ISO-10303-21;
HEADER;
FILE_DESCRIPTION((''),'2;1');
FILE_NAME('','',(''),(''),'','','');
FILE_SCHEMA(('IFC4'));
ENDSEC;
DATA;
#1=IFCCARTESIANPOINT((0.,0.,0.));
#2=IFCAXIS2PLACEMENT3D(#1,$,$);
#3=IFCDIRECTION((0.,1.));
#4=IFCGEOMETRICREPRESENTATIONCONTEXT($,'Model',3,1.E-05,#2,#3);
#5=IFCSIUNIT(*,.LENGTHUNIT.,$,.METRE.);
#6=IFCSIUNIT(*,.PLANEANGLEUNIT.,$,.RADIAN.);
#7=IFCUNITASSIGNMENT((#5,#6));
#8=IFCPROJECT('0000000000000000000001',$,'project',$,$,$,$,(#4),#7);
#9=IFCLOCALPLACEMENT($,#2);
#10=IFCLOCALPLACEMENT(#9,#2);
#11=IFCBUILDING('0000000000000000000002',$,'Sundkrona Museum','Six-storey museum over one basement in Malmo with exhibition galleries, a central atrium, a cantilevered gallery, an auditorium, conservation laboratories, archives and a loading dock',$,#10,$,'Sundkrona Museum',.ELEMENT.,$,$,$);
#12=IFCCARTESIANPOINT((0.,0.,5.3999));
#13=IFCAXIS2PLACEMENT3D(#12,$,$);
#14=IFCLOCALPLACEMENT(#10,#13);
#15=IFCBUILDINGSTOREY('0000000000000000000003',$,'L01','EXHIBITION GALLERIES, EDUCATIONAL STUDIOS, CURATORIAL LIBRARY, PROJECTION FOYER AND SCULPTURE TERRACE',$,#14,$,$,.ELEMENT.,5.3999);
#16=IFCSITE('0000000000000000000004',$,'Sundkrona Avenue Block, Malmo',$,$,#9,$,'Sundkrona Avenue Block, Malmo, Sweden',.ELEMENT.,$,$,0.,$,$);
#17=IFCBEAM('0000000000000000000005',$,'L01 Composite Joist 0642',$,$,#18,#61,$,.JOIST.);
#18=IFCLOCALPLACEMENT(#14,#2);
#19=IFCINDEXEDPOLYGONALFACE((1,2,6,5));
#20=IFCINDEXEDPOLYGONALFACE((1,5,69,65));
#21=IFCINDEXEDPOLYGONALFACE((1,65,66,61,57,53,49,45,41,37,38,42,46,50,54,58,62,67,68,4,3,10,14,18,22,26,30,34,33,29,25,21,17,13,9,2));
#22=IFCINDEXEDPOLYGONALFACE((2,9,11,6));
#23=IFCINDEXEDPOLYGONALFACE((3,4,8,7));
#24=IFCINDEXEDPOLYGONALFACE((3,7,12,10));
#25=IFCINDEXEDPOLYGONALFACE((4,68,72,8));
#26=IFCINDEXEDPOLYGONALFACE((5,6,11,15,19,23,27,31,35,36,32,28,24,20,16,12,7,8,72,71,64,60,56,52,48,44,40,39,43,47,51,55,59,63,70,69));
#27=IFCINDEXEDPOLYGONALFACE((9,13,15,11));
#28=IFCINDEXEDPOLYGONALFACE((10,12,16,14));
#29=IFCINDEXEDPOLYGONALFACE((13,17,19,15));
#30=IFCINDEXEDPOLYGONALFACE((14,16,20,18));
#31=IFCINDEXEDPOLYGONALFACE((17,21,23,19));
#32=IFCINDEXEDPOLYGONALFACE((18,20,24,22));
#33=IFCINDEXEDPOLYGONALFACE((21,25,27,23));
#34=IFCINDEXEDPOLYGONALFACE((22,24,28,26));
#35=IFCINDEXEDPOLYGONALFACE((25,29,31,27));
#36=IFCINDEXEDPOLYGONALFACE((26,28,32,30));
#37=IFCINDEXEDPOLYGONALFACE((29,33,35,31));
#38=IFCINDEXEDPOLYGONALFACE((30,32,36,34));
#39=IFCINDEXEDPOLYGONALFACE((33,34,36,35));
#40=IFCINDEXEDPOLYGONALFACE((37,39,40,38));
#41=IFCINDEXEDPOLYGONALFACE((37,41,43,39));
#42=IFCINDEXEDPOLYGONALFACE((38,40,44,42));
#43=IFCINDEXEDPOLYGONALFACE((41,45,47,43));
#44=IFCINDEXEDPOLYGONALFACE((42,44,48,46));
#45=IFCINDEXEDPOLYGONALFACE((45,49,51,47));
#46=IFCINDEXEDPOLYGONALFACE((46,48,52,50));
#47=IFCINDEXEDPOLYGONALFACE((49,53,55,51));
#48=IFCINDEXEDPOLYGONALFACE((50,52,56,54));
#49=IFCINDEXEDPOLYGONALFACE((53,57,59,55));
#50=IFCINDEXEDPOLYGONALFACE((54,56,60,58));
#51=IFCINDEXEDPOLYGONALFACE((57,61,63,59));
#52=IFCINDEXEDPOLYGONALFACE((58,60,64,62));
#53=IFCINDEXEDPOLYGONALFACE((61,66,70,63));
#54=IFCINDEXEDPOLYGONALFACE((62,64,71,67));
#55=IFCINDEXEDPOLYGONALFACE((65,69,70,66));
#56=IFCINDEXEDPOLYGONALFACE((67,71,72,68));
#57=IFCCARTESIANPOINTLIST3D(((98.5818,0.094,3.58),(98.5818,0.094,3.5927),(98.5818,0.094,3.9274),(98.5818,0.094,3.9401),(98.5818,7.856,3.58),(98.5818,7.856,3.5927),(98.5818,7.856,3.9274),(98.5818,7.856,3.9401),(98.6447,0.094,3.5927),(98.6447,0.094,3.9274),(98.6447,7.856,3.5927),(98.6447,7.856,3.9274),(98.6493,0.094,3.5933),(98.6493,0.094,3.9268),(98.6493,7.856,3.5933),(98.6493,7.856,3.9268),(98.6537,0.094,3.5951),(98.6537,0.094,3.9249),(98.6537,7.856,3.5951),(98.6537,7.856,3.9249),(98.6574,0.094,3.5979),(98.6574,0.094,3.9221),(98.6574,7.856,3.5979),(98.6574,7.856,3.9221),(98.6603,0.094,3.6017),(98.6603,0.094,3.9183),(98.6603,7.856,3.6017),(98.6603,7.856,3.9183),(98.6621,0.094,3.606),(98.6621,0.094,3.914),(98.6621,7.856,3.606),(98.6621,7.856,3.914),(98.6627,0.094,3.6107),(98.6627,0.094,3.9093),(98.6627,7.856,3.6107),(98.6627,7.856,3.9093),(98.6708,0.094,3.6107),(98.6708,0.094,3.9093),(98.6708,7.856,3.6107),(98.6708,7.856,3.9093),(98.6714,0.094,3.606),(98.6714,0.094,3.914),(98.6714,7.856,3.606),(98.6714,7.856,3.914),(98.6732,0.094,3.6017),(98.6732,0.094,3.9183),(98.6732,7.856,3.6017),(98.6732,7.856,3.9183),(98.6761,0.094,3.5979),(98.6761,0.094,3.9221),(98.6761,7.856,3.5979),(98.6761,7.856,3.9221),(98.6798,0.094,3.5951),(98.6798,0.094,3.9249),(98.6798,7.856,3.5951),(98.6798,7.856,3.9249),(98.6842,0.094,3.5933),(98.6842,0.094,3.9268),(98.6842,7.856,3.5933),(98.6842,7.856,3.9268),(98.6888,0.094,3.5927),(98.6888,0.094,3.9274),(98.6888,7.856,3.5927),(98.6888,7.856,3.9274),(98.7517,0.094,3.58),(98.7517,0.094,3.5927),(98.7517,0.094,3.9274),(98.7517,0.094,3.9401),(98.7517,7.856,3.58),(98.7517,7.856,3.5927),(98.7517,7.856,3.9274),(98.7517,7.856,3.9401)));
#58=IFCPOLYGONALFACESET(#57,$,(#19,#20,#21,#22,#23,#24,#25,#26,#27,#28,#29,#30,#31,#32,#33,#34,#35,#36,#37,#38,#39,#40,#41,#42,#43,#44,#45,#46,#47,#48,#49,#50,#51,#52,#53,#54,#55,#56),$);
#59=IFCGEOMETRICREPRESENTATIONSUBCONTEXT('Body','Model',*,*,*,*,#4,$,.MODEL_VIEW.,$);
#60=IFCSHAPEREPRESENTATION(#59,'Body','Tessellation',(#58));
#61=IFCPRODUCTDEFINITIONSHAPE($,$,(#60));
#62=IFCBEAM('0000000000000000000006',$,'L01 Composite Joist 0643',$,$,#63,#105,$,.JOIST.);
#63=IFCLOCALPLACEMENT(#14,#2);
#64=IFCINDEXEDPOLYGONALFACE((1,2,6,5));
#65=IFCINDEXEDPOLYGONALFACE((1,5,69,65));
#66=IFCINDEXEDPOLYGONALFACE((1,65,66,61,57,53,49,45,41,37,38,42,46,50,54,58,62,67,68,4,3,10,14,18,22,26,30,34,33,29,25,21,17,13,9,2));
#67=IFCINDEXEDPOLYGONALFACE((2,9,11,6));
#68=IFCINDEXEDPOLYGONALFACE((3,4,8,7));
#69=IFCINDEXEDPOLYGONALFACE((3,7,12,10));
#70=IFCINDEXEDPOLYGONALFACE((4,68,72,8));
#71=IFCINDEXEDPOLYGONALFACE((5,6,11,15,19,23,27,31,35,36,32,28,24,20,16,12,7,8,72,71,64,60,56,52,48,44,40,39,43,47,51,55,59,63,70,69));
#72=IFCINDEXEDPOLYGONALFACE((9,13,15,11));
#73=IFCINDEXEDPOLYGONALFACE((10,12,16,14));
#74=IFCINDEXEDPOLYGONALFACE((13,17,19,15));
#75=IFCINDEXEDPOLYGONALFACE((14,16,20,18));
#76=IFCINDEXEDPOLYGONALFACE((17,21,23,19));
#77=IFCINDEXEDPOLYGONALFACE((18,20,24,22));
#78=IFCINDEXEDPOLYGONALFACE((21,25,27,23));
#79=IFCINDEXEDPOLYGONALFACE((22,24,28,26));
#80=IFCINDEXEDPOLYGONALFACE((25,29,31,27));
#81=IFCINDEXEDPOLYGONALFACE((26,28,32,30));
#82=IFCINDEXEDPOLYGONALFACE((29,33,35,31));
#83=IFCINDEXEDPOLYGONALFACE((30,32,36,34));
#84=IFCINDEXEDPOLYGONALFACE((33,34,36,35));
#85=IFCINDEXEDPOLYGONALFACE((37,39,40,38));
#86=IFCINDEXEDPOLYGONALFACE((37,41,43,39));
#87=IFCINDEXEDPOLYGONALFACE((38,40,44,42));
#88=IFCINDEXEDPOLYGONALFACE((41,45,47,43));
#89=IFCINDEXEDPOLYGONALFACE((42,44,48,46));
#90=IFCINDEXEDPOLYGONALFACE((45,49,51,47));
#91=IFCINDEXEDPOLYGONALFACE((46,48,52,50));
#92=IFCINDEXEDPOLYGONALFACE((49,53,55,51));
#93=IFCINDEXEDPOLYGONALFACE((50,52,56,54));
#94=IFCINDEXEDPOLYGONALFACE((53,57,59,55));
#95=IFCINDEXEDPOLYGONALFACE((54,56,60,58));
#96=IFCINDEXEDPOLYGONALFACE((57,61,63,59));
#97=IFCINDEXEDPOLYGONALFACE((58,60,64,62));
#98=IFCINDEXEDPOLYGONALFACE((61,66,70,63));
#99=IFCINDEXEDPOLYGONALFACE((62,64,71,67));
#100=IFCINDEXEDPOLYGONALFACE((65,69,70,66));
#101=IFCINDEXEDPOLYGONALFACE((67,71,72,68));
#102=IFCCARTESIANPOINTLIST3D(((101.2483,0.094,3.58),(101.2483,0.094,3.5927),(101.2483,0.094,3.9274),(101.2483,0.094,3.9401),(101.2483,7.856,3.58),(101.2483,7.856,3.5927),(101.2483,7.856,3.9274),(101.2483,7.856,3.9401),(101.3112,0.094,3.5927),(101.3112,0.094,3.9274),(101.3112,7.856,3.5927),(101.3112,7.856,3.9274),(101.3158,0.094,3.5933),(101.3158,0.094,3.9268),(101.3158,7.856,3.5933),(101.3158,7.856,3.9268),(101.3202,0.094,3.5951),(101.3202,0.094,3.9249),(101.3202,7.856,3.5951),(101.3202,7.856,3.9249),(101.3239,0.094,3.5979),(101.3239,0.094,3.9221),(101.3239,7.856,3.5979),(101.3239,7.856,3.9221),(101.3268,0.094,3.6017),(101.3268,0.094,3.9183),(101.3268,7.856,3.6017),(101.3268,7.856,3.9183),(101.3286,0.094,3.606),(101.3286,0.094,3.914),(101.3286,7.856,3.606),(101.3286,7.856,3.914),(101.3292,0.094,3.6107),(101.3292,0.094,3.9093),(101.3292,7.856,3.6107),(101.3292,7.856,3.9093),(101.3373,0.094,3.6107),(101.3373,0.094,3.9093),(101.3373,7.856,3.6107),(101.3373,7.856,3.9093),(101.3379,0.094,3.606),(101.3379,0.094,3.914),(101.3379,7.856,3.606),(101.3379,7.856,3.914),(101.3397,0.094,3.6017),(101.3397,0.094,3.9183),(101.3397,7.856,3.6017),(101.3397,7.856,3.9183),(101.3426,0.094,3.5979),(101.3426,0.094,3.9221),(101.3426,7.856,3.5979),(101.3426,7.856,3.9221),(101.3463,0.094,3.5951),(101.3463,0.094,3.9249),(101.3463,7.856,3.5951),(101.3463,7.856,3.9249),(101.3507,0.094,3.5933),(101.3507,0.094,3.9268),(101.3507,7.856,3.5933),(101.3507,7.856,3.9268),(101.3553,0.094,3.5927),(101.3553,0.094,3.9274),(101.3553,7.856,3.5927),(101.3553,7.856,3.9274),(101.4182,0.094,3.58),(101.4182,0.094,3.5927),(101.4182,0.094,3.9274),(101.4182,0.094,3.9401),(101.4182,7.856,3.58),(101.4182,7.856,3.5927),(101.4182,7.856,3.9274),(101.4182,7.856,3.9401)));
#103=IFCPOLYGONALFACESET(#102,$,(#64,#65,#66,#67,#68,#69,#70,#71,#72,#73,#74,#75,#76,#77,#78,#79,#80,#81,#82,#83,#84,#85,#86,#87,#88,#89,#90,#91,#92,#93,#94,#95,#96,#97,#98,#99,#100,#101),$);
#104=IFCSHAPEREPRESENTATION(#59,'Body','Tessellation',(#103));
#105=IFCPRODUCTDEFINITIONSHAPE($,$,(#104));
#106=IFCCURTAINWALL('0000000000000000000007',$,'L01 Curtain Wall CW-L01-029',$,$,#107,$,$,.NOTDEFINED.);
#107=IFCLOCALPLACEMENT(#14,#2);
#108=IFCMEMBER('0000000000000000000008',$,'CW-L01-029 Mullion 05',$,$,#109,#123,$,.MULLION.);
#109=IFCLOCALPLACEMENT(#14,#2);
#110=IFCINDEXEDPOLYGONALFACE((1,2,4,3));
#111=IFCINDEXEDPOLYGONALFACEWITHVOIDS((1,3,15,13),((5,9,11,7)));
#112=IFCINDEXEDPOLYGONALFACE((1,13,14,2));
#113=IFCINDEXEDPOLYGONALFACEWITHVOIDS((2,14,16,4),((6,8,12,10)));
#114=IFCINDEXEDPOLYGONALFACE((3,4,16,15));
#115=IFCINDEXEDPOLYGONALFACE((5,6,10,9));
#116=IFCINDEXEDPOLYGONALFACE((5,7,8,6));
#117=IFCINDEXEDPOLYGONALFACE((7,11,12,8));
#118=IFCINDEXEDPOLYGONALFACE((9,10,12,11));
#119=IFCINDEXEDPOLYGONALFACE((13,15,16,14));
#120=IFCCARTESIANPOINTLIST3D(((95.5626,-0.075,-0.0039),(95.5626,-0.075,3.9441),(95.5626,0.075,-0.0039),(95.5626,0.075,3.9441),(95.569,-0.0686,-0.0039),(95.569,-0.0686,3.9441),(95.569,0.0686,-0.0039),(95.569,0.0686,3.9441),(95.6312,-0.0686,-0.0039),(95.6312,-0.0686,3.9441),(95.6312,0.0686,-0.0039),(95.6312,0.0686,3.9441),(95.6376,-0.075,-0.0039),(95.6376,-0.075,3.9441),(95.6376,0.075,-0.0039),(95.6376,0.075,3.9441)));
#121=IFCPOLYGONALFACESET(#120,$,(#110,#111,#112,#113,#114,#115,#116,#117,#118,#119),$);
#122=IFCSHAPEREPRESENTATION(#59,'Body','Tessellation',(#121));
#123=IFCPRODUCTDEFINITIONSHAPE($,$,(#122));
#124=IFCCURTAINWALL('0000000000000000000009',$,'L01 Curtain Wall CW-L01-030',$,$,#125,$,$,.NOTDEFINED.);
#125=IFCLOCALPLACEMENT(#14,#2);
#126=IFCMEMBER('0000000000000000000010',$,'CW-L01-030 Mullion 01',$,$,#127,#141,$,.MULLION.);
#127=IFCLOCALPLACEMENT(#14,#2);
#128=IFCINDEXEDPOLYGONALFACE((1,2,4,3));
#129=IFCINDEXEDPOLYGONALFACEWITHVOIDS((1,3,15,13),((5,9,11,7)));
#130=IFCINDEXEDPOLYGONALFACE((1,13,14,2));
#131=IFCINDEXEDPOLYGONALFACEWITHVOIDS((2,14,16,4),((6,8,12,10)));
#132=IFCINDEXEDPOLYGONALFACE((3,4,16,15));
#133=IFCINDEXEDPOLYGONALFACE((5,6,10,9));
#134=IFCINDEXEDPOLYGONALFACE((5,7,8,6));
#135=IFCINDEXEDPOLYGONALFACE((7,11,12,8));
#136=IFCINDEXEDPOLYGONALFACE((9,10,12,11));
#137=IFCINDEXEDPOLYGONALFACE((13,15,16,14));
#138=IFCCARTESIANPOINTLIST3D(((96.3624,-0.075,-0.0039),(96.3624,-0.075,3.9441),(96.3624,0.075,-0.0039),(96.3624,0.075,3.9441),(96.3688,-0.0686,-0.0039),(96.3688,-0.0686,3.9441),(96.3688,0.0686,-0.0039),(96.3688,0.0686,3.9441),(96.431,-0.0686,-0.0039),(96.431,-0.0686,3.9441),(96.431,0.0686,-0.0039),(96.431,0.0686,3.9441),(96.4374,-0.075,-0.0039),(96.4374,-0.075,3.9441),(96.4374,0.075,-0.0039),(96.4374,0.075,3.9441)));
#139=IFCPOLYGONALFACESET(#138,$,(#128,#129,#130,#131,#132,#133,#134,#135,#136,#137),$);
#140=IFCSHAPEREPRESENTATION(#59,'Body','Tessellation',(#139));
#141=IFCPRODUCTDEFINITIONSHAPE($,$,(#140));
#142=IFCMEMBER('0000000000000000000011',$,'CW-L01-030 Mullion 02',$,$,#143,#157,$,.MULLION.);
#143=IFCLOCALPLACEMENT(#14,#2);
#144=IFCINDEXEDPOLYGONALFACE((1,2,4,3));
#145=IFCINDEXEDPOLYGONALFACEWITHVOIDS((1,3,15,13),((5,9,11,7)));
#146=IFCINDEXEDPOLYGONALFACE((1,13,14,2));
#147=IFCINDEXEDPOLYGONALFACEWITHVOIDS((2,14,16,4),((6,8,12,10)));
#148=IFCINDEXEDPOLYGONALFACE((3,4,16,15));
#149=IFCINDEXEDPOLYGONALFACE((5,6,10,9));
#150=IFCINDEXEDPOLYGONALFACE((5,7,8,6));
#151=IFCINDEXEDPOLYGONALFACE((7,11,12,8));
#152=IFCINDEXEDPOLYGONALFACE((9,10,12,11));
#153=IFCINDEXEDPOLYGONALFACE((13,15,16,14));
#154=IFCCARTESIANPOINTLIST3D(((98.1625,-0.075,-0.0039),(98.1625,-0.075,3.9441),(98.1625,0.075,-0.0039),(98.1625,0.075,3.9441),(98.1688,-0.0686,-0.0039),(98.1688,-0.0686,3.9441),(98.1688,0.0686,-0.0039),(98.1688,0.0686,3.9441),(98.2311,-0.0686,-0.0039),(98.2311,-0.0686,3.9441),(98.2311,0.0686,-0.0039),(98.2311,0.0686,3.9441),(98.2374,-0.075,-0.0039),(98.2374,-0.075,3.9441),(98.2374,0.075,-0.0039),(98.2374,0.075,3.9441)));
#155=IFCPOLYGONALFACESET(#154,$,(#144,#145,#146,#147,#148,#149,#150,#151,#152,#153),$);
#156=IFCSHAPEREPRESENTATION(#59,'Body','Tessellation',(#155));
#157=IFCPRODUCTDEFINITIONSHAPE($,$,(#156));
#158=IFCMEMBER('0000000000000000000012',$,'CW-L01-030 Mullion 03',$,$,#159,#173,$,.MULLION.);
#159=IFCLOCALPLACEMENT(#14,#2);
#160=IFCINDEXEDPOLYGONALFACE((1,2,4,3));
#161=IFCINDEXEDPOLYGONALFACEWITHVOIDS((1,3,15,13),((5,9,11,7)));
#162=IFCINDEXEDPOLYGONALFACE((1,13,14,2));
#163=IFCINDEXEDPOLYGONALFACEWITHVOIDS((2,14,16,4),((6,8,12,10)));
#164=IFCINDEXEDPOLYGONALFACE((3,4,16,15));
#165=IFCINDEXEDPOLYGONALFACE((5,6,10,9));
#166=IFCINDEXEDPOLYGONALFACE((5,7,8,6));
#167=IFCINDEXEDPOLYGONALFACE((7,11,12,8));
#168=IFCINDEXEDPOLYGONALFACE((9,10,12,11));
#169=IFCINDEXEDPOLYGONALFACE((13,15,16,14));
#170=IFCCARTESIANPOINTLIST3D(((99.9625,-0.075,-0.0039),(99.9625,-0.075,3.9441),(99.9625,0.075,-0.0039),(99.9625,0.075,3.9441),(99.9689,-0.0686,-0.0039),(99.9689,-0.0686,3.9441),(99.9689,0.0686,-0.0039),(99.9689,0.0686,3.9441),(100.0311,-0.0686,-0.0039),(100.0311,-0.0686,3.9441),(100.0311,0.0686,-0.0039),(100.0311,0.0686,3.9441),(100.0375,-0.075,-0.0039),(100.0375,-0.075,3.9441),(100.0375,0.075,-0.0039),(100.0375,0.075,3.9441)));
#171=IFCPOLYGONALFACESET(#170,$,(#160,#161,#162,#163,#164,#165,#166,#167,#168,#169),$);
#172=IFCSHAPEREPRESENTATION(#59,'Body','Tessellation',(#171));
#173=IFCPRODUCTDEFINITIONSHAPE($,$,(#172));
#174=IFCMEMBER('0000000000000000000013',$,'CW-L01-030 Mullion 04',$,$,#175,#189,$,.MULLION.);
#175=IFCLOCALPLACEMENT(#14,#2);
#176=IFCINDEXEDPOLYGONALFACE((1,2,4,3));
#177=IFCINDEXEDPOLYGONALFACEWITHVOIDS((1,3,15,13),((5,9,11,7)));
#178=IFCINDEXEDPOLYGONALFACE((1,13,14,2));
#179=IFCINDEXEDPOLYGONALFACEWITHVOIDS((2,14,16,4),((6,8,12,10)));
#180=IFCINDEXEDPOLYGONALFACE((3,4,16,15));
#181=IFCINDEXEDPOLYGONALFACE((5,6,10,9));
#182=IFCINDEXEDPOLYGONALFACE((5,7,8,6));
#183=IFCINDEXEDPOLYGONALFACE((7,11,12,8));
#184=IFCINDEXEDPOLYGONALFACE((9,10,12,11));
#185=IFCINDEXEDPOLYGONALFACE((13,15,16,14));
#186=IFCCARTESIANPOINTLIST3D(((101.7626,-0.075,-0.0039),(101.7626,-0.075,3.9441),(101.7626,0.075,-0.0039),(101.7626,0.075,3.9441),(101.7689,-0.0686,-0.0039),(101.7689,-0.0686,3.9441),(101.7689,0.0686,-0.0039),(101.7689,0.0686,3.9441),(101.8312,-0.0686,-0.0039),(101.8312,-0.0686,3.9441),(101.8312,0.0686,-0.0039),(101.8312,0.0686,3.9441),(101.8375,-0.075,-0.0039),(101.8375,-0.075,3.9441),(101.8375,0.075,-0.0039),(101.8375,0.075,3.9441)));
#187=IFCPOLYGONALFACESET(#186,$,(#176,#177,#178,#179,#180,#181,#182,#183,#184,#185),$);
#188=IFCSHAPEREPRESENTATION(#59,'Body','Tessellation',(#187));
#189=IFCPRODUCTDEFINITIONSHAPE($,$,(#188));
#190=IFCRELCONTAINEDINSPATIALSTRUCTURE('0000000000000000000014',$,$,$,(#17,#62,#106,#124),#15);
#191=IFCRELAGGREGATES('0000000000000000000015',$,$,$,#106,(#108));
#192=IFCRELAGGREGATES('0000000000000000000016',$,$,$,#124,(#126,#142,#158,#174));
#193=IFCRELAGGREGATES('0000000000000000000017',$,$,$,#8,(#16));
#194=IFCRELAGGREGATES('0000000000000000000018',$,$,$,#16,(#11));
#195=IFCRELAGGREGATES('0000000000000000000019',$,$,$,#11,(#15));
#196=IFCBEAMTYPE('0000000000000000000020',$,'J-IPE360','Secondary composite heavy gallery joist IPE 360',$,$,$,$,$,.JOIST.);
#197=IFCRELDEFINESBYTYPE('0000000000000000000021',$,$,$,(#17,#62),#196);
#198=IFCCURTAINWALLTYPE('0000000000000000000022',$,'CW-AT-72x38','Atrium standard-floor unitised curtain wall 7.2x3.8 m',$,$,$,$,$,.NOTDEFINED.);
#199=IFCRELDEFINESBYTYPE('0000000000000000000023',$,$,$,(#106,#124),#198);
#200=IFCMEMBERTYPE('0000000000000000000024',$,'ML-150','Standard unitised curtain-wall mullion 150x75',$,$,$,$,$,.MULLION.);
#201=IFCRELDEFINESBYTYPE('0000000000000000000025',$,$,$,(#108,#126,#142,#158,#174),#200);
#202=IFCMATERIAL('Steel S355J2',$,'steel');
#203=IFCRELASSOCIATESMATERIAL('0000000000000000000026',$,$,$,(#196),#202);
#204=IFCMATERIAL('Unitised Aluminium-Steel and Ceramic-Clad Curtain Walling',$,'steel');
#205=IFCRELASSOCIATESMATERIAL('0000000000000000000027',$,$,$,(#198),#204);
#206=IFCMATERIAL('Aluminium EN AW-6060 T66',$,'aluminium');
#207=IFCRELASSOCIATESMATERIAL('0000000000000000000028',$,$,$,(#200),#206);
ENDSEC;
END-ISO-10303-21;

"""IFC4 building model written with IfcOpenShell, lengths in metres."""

from ifc_helpers import new_model, si_unit, direction, frame, origin, origin_2d, place, context, subcontext, project, spatial, hollow_rectangle, i_section, extrude, material, material_profile, profile_set, type_object, element, aggregate, save


model = new_model("IFC4")

# Units and contexts
model_context = context("Model", 3, precision=1e-05, world=origin(), true_north=direction((0.0, 1.0)))
body_context = subcontext(model_context, "Body", "Model", "MODEL_VIEW")
ifc_project = project(units=[si_unit("LENGTHUNIT", "METRE"), si_unit("PLANEANGLEUNIT", "RADIAN")], contexts=[model_context])

# Site, building, storey
site_placement = place(None, origin())
site = spatial("IfcSite", under=ifc_project, at=site_placement, Name="Sundkrona Avenue Block, Malmo", LongName="Sundkrona Avenue Block, Malmo, Sweden", CompositionType="ELEMENT", RefElevation=0.0)
building_placement = place(site_placement, origin())
building = spatial("IfcBuilding", under=site, at=building_placement, Name="Sundkrona Museum", Description="Six-storey museum over one basement in Malmo with exhibition galleries, a central atrium, a cantilevered gallery, an auditorium, conservation laboratories, archives and a loading dock", LongName="Sundkrona Museum", CompositionType="ELEMENT")
storey_placement = place(building_placement, frame((0.0, 0.0, 5.3999)))
storey = spatial("IfcBuildingStorey", under=building, at=storey_placement, Name="L01", Description="EXHIBITION GALLERIES, EDUCATIONAL STUDIOS, CURATORIAL LIBRARY, PROJECTION FOYER AND SCULPTURE TERRACE", CompositionType="ELEMENT", Elevation=5.3999)

# Shared definitions
ifc_material_1 = material(Name="Steel S355J2", Category="steel")

# Beams
ifc_material_profile_1 = material_profile(ifc_material_1, i_section(OverallWidth=0.1699, OverallDepth=0.3601, WebThickness=0.0081, FlangeThickness=0.0127, FilletRadius=0.0181, at=origin_2d()), Name="IPE 360")
ifc_profile_set_1 = profile_set([ifc_material_profile_1], Name="Steel S355J2")
beam_type_1 = type_object("IfcBeamType", Name="J-IPE360", Description="Secondary composite heavy gallery joist IPE 360", PredefinedType="JOIST", material=ifc_profile_set_1)
for number, where, z_axis, x_axis, name in (
    (1, (98.6667, 0.094, 3.76), (0.0, 1.0, 0.0), (-1.0, 0.0, 0.0), "L01 Composite Joist 0642"),
    (2, (101.3333, 0.094, 3.76), (0.0, 1.0, 0.0), (-1.0, 0.0, 0.0), "L01 Composite Joist 0643"),
):
    element("IfcBeam", number, at=place(storey_placement, frame(where, z_axis=z_axis, x_axis=x_axis)), inside=storey, type_object=beam_type_1, Name=name, PredefinedType="JOIST", context=body_context, shape_type="SweptSolid", body=[
        extrude(i_section(OverallWidth=0.1699, OverallDepth=0.3601, WebThickness=0.0081, FlangeThickness=0.0127, FilletRadius=0.0181, at=origin_2d()), origin(), (0.0, 0.0, 1.0), 7.762),
    ])

# Curtain wall, member
ifc_material_2 = material(Name="Unitised Aluminium-Steel and Ceramic-Clad Curtain Walling", Category="steel")
curtain_wall_type_1 = type_object("IfcCurtainWallType", Name="CW-AT-72x38", Description="Atrium standard-floor unitised curtain wall 7.2x3.8 m", PredefinedType="NOTDEFINED", material=ifc_material_2)
curtain_wall_1_placement = place(storey_placement, origin())
curtain_wall_1 = element("IfcCurtainWall", 3, at=curtain_wall_1_placement, inside=storey, type_object=curtain_wall_type_1, Name="L01 Curtain Wall CW-L01-029", PredefinedType="NOTDEFINED")
ifc_material_3 = material(Name="Aluminium EN AW-6060 T66", Category="aluminium")
ifc_material_profile_2 = material_profile(ifc_material_3, hollow_rectangle(XDim=0.075, YDim=0.1499, WallThickness=0.0063, at=origin_2d()), Name="RHS 150x75x6.3")
ifc_profile_set_2 = profile_set([ifc_material_profile_2], Name="Aluminium EN AW-6060 T66")
member_type_1 = type_object("IfcMemberType", Name="ML-150", Description="Standard unitised curtain-wall mullion 150x75", PredefinedType="MULLION", material=ifc_profile_set_2)
member_1_placement = place(storey_placement, frame((95.6001, 0.0, -0.0039), z_axis=(0.0, 0.0, 1.0), x_axis=(1.0, 0.0, 0.0)))
member_1 = element("IfcMember", 4, at=member_1_placement, type_object=member_type_1, Name="CW-L01-029 Mullion 05", PredefinedType="MULLION", context=body_context, shape_type="SweptSolid", body=[
    extrude(hollow_rectangle(XDim=0.075, YDim=0.1499, WallThickness=0.0063, at=origin_2d()), origin(), (0.0, 0.0, 1.0), 3.948),
])

# Curtain wall, members
curtain_wall_2_placement = place(storey_placement, origin())
curtain_wall_2 = element("IfcCurtainWall", 5, at=curtain_wall_2_placement, inside=storey, type_object=curtain_wall_type_1, Name="L01 Curtain Wall CW-L01-030", PredefinedType="NOTDEFINED")
member_2_placement = place(storey_placement, frame((96.3999, 0.0, -0.0039), z_axis=(0.0, 0.0, 1.0), x_axis=(1.0, 0.0, 0.0)))
member_2 = element("IfcMember", 6, at=member_2_placement, type_object=member_type_1, Name="CW-L01-030 Mullion 01", PredefinedType="MULLION", context=body_context, shape_type="SweptSolid", body=[
    extrude(hollow_rectangle(XDim=0.075, YDim=0.1499, WallThickness=0.0063, at=origin_2d()), origin(), (0.0, 0.0, 1.0), 3.948),
])
member_3_placement = place(storey_placement, frame((98.2, 0.0, -0.0039), z_axis=(0.0, 0.0, 1.0), x_axis=(1.0, 0.0, 0.0)))
member_3 = element("IfcMember", 7, at=member_3_placement, type_object=member_type_1, Name="CW-L01-030 Mullion 02", PredefinedType="MULLION", context=body_context, shape_type="SweptSolid", body=[
    extrude(hollow_rectangle(XDim=0.075, YDim=0.1499, WallThickness=0.0063, at=origin_2d()), origin(), (0.0, 0.0, 1.0), 3.948),
])
member_4_placement = place(storey_placement, frame((100.0, 0.0, -0.0039), z_axis=(0.0, 0.0, 1.0), x_axis=(1.0, 0.0, 0.0)))
member_4 = element("IfcMember", 8, at=member_4_placement, type_object=member_type_1, Name="CW-L01-030 Mullion 03", PredefinedType="MULLION", context=body_context, shape_type="SweptSolid", body=[
    extrude(hollow_rectangle(XDim=0.075, YDim=0.1499, WallThickness=0.0063, at=origin_2d()), origin(), (0.0, 0.0, 1.0), 3.948),
])
member_5_placement = place(storey_placement, frame((101.8, 0.0, -0.0039), z_axis=(0.0, 0.0, 1.0), x_axis=(1.0, 0.0, 0.0)))
member_5 = element("IfcMember", 9, at=member_5_placement, type_object=member_type_1, Name="CW-L01-030 Mullion 04", PredefinedType="MULLION", context=body_context, shape_type="SweptSolid", body=[
    extrude(hollow_rectangle(XDim=0.075, YDim=0.1499, WallThickness=0.0063, at=origin_2d()), origin(), (0.0, 0.0, 1.0), 3.948),
])

aggregate(curtain_wall_1, [member_1])
aggregate(curtain_wall_2, [member_2, member_3, member_4, member_5])

save(model, "model.ifc")
